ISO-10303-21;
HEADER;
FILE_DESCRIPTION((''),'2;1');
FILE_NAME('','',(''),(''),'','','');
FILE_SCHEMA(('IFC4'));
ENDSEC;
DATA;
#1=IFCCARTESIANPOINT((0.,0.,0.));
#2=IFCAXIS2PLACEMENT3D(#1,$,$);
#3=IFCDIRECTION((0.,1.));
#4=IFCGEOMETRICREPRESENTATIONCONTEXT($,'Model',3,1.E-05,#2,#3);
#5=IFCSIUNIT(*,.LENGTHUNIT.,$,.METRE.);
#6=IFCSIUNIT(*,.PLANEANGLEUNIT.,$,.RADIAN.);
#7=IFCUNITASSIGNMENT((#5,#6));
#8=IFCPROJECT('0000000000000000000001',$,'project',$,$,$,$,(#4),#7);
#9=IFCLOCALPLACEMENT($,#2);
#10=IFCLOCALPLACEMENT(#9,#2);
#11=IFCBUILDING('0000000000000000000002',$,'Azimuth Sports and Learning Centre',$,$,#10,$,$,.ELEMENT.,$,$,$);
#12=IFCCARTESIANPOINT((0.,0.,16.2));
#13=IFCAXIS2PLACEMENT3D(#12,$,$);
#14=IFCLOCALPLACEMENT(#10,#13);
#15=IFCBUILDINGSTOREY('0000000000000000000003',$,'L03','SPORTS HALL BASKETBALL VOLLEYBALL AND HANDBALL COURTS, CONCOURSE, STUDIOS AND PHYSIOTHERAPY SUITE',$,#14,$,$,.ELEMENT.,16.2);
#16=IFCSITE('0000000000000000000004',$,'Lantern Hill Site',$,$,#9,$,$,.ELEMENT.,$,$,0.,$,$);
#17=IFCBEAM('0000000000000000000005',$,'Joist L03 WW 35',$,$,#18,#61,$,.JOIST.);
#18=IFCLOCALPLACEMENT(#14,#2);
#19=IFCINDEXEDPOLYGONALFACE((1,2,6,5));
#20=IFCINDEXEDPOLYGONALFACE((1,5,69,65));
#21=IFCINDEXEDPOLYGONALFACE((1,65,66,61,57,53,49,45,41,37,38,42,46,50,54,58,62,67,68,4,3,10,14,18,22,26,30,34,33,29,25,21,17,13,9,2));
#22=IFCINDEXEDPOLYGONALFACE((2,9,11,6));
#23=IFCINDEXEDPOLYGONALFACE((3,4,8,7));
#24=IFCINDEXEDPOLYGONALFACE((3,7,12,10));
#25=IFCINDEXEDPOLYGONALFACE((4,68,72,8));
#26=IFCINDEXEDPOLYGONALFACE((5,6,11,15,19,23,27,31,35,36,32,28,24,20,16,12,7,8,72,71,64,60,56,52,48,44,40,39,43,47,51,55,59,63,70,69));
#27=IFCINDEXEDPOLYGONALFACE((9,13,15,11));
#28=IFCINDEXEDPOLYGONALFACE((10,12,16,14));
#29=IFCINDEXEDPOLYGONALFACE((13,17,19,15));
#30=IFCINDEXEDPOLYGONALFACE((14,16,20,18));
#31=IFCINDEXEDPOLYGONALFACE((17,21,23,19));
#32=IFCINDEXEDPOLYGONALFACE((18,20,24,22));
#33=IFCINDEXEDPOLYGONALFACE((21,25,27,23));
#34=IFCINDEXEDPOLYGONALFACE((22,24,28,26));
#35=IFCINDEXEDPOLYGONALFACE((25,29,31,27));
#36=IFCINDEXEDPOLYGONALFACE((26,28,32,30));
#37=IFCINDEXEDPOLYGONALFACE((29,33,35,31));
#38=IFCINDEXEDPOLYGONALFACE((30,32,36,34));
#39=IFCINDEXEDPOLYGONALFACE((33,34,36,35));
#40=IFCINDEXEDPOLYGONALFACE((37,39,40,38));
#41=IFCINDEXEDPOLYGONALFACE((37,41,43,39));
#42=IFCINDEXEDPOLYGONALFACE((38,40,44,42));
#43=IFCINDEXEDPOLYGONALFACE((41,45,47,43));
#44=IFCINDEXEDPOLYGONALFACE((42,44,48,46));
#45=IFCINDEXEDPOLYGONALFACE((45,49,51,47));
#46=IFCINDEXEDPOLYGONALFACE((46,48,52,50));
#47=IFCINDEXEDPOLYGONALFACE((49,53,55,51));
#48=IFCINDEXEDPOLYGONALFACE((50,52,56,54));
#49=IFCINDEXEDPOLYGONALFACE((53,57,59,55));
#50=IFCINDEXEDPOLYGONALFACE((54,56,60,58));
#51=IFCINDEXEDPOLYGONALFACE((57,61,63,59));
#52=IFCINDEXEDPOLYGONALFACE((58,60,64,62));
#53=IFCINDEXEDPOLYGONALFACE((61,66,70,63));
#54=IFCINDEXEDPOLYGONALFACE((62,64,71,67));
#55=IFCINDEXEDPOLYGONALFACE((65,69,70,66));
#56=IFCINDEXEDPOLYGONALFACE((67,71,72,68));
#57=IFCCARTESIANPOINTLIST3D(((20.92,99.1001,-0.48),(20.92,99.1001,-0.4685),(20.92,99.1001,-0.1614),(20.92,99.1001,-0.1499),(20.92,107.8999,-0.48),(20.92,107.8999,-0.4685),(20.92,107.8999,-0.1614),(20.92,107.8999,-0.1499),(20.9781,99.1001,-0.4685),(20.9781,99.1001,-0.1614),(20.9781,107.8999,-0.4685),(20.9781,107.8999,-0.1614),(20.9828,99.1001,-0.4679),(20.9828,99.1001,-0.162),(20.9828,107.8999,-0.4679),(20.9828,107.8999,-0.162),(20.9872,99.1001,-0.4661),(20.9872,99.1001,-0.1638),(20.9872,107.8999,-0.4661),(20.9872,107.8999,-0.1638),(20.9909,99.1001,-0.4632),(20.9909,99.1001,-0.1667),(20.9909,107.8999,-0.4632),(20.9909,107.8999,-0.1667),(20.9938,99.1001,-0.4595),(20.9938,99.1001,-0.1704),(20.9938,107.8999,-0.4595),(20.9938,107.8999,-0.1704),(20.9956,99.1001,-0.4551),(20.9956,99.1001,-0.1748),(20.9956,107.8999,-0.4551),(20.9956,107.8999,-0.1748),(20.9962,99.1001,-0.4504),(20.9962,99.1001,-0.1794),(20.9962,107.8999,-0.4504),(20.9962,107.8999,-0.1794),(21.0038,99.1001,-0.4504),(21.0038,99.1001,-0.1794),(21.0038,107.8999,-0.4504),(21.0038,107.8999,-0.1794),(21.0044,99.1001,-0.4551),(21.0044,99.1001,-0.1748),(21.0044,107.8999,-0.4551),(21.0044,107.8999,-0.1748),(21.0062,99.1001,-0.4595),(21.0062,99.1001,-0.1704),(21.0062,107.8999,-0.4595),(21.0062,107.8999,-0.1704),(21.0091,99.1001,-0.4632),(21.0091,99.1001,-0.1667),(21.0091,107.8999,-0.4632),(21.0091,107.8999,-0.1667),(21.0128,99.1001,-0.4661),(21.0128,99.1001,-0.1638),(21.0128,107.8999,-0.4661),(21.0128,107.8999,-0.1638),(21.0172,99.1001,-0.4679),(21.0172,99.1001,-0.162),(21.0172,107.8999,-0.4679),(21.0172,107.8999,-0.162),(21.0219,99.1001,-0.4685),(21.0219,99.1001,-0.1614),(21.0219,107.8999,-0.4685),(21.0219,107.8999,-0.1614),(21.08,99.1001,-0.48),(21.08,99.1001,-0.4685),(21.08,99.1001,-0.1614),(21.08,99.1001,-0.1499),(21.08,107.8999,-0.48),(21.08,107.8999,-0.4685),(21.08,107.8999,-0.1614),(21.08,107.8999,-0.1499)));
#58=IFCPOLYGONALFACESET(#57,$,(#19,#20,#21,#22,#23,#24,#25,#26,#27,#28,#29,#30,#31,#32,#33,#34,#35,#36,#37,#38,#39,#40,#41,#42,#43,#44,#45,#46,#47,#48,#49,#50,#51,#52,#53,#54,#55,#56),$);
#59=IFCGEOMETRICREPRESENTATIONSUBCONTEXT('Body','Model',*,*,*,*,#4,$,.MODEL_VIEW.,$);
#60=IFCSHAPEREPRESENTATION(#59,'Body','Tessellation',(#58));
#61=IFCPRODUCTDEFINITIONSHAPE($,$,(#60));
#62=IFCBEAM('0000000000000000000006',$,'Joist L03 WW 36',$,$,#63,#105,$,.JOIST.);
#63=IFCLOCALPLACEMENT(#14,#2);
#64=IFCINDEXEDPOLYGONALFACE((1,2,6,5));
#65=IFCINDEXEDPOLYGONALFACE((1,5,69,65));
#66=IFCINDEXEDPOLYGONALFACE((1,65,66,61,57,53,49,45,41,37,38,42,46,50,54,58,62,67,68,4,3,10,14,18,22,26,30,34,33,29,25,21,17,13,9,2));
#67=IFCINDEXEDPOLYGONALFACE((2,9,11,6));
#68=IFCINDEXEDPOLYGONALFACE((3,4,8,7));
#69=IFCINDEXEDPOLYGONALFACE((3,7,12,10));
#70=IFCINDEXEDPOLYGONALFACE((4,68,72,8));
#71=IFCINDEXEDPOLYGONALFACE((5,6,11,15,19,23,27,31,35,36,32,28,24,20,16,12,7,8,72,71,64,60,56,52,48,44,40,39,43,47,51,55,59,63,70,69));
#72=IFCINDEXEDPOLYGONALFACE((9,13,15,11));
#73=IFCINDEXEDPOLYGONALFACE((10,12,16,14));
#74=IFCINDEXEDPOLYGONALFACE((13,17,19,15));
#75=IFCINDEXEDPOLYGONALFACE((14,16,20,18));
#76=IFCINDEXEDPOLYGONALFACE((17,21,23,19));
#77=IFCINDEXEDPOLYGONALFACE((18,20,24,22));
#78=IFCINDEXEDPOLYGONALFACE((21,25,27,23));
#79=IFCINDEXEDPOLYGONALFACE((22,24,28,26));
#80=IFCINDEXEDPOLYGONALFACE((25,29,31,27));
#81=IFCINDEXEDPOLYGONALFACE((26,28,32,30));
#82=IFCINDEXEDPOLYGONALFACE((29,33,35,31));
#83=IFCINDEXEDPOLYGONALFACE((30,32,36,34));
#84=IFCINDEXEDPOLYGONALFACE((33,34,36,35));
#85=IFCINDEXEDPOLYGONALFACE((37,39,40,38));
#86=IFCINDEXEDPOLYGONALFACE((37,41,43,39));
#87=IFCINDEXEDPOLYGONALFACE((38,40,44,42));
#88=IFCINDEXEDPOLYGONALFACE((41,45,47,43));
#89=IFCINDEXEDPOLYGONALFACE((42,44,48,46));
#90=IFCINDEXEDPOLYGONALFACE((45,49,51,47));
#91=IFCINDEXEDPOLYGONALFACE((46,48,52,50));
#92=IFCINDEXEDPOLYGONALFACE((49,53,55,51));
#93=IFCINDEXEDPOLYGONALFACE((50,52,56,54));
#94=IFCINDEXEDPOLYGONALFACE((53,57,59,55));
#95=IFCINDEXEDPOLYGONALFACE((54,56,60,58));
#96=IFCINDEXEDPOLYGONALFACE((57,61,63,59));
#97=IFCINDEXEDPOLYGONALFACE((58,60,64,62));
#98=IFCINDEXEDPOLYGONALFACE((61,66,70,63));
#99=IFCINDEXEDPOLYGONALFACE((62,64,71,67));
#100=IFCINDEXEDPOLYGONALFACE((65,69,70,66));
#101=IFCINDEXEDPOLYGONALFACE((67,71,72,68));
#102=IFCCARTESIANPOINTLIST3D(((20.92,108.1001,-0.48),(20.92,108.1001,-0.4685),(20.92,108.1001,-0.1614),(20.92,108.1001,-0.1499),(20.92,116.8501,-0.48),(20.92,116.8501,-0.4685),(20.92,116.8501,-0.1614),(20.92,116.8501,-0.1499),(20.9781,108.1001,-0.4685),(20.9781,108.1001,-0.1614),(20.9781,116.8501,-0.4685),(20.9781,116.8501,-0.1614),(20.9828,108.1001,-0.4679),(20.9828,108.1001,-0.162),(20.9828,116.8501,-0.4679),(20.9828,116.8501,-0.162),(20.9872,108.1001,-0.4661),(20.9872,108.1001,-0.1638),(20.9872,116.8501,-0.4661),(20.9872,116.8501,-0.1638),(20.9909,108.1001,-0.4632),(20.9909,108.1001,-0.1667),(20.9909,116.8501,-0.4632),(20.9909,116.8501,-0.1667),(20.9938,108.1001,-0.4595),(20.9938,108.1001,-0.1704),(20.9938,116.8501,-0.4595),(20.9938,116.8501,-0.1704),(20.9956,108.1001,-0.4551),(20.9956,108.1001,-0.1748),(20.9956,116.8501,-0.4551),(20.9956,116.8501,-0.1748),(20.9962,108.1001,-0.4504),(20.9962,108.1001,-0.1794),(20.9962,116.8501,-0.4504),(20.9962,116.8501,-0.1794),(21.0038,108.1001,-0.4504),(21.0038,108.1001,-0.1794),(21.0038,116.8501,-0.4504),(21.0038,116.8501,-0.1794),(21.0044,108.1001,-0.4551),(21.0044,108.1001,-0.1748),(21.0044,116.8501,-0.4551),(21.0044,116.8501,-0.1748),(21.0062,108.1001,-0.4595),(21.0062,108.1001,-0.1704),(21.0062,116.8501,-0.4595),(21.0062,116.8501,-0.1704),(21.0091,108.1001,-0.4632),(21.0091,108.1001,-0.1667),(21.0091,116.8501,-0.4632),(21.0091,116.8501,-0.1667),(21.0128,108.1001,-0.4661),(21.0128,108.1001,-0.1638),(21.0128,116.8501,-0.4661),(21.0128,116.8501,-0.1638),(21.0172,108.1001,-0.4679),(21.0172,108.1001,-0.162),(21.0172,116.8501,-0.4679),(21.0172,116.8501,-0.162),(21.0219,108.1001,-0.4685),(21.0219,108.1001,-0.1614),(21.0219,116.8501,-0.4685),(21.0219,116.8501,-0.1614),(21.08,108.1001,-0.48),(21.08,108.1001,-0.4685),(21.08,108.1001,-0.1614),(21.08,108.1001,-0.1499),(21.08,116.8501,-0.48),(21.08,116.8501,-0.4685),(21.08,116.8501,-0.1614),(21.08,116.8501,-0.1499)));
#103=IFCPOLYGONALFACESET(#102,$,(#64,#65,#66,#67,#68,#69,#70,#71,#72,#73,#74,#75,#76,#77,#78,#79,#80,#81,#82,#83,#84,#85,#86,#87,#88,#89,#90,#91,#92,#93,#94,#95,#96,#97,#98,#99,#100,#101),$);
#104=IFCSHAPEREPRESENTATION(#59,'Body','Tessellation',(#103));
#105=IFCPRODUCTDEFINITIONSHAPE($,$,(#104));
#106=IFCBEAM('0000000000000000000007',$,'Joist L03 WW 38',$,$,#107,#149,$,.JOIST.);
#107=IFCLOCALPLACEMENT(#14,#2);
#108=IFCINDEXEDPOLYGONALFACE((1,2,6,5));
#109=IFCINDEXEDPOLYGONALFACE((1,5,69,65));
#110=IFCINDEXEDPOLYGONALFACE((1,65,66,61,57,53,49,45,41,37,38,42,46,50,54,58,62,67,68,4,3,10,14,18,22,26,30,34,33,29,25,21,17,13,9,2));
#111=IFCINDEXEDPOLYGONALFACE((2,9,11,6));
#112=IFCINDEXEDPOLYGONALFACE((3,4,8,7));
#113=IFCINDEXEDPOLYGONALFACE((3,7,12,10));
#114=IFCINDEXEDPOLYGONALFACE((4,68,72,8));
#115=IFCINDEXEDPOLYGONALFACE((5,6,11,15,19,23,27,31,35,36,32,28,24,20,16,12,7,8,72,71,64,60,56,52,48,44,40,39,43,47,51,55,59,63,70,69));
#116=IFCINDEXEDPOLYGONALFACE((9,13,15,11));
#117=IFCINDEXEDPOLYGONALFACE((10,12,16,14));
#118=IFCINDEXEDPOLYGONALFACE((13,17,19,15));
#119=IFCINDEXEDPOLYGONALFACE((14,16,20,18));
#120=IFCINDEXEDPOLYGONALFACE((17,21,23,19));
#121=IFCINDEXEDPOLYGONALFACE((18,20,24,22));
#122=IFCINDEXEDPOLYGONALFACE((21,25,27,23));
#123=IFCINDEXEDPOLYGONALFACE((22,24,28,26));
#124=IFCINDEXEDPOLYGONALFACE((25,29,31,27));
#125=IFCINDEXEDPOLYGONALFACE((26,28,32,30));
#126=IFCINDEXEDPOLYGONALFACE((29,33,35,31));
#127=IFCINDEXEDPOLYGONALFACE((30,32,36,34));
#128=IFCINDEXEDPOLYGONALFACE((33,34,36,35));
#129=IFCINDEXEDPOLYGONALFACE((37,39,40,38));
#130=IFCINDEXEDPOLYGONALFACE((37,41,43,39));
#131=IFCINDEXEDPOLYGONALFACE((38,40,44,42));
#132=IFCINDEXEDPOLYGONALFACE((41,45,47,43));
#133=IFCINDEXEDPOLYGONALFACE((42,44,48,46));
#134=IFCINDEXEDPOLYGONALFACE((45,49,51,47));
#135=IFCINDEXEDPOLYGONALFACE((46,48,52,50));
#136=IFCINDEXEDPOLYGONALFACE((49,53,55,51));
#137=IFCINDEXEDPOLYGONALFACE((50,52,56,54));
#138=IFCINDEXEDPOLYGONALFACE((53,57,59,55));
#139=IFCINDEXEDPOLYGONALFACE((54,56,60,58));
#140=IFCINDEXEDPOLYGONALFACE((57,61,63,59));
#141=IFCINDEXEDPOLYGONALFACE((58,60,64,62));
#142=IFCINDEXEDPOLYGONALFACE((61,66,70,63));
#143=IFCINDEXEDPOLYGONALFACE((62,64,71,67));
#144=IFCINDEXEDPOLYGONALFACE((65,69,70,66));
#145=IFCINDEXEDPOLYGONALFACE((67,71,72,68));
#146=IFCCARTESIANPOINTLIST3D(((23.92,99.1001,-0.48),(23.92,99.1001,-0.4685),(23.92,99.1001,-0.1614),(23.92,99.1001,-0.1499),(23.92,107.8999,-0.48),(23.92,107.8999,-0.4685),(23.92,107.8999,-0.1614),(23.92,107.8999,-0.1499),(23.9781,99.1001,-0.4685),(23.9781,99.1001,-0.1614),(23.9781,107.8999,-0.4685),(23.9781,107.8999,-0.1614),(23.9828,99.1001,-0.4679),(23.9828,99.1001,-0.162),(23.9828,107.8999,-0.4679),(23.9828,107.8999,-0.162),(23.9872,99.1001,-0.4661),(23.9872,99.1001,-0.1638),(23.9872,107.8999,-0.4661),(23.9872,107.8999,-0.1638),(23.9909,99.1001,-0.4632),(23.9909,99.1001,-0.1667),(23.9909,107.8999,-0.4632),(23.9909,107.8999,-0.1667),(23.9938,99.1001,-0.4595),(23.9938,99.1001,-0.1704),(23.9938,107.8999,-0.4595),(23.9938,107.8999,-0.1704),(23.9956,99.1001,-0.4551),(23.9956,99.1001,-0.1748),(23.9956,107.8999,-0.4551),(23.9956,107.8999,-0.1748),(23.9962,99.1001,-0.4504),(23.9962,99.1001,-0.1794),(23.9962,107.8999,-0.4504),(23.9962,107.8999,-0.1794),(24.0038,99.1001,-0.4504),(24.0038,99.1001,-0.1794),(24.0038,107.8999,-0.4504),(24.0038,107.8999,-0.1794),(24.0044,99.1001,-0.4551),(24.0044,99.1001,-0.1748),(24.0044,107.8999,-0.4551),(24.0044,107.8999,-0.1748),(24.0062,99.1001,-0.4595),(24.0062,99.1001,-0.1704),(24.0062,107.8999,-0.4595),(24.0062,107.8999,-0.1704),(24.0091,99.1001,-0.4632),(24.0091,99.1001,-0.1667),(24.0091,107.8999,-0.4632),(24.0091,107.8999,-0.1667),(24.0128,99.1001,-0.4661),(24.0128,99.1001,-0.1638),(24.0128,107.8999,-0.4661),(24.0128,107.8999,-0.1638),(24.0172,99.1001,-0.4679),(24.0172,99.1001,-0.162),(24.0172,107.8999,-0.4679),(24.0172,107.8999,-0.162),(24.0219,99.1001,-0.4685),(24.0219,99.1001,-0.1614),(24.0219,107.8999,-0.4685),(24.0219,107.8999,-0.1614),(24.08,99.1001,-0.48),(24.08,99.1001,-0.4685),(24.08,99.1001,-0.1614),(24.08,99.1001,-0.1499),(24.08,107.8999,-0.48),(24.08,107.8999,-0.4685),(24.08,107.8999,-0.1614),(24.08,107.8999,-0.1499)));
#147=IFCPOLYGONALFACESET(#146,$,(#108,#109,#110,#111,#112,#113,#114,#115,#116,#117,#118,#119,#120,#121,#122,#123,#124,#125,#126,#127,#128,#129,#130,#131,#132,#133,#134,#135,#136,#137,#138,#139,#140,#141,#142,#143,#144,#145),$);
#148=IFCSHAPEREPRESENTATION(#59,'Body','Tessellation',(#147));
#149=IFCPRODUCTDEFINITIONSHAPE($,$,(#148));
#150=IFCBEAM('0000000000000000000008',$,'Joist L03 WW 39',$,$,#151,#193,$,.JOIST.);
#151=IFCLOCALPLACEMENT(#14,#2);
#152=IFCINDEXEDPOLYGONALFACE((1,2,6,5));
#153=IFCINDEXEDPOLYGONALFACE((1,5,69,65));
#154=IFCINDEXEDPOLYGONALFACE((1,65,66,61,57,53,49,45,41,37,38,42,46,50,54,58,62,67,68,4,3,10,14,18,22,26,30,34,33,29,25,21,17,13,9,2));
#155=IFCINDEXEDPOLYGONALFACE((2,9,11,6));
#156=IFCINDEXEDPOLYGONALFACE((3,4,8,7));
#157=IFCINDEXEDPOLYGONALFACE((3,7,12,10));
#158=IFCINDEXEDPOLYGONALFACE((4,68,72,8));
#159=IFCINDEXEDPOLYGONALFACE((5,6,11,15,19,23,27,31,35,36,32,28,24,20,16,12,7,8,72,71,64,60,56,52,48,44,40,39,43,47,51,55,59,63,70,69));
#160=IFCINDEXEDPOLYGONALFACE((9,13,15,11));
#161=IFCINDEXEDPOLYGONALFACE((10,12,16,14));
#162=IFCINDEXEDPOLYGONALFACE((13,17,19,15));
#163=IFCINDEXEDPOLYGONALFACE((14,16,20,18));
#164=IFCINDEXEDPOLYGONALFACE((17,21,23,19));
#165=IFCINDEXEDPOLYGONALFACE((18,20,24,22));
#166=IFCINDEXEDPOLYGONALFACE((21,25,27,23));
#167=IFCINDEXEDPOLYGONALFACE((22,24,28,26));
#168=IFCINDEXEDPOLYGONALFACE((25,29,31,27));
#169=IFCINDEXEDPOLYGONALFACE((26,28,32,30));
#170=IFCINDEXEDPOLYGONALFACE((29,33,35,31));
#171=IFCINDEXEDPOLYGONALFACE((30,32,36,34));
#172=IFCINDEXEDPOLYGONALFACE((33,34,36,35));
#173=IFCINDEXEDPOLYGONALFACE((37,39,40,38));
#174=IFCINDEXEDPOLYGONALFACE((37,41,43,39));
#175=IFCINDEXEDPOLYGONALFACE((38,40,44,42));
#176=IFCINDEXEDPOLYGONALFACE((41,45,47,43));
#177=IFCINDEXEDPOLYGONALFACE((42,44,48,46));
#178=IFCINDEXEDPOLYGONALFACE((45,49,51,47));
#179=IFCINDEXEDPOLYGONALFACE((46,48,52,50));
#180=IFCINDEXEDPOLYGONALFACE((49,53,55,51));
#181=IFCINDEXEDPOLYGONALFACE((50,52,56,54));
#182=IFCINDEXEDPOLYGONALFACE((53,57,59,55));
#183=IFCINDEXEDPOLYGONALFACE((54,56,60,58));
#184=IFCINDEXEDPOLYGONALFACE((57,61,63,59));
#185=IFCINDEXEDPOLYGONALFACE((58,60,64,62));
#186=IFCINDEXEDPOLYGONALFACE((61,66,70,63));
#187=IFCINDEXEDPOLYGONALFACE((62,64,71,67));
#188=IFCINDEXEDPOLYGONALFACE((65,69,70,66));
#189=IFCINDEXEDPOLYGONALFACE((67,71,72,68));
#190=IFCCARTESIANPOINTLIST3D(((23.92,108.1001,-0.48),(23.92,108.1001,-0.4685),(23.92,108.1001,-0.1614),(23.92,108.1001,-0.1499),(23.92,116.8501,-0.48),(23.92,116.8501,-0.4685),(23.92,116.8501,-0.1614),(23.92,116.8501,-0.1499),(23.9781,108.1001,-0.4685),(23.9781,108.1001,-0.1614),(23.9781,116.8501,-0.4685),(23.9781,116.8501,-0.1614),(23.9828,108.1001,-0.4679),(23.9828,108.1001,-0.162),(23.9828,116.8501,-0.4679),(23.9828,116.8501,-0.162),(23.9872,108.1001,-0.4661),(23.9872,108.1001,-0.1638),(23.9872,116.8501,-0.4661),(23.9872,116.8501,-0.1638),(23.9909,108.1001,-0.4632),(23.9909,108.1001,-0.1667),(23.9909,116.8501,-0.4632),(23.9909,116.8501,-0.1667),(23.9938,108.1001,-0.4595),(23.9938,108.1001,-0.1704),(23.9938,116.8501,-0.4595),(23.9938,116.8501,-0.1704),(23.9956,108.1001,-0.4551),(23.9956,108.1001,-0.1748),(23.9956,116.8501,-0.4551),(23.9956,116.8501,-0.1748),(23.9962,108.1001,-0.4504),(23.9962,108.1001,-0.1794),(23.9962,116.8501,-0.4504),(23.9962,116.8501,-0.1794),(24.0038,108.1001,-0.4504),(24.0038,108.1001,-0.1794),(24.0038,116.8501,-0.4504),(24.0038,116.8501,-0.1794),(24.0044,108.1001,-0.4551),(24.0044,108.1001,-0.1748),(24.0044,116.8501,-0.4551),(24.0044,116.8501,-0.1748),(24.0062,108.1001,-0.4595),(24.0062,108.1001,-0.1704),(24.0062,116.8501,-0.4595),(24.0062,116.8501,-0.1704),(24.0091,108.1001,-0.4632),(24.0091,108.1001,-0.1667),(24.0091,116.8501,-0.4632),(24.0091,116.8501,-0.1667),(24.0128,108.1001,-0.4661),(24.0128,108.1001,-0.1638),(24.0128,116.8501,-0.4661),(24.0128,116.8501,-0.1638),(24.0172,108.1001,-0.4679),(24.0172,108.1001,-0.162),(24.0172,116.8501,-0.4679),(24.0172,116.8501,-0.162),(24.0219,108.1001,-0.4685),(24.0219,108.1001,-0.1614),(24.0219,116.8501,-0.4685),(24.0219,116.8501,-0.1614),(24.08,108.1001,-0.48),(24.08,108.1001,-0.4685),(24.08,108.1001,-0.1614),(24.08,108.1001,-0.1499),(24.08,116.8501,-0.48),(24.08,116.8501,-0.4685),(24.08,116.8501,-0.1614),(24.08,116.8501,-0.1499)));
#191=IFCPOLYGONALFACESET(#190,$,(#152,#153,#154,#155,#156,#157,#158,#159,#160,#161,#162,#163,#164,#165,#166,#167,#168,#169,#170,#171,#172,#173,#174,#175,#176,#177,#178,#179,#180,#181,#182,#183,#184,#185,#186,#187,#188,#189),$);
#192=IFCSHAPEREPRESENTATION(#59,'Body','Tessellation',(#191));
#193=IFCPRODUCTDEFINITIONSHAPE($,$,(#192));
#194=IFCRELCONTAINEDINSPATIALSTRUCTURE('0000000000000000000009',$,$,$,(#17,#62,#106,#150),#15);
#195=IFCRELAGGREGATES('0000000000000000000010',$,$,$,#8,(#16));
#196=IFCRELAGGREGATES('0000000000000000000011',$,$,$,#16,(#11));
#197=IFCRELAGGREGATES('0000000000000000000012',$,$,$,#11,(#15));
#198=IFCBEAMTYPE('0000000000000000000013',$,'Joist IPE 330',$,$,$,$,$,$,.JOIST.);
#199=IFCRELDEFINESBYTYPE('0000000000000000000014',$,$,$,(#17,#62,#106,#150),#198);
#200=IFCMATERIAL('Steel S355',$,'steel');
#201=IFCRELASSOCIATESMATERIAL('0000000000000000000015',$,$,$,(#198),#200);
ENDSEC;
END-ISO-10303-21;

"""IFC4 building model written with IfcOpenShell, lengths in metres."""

from ifc_helpers import new_model, si_unit, direction, frame, origin, origin_2d, place, context, subcontext, project, spatial, i_section, extrude, material, material_profile, profile_set, type_object, element, save


model = new_model("IFC4")

# Units and contexts
model_context = context("Model", 3, precision=1e-05, world=origin(), true_north=direction((0.0, 1.0)))
body_context = subcontext(model_context, "Body", "Model", "MODEL_VIEW")
ifc_project = project(units=[si_unit("LENGTHUNIT", "METRE"), si_unit("PLANEANGLEUNIT", "RADIAN")], contexts=[model_context])

# Site, building, storey
site_placement = place(None, origin())
site = spatial("IfcSite", under=ifc_project, at=site_placement, Name="Lantern Hill Site", CompositionType="ELEMENT", RefElevation=0.0)
building_placement = place(site_placement, origin())
building = spatial("IfcBuilding", under=site, at=building_placement, Name="Azimuth Sports and Learning Centre", CompositionType="ELEMENT")
storey_placement = place(building_placement, frame((0.0, 0.0, 16.2)))
storey = spatial("IfcBuildingStorey", under=building, at=storey_placement, Name="L03", Description="SPORTS HALL BASKETBALL VOLLEYBALL AND HANDBALL COURTS, CONCOURSE, STUDIOS AND PHYSIOTHERAPY SUITE", CompositionType="ELEMENT", Elevation=16.2)

# Beams
ifc_material_1 = material(Name="Steel S355", Category="steel")
ifc_material_profile_1 = material_profile(ifc_material_1, i_section(OverallWidth=0.1599, OverallDepth=0.3301, WebThickness=0.0076, FlangeThickness=0.0115, FilletRadius=0.0181, at=origin_2d()), Name="IPE 330")
ifc_profile_set_1 = profile_set([ifc_material_profile_1], Name="Steel S355")
beam_type_1 = type_object("IfcBeamType", Name="Joist IPE 330", PredefinedType="JOIST", material=ifc_profile_set_1)
beam_1_placement = place(storey_placement, frame((21.0, 99.1001, -0.3149), z_axis=(0.0, 1.0, 0.0), x_axis=(-1.0, 0.0, 0.0)))
element("IfcBeam", 1, at=beam_1_placement, inside=storey, type_object=beam_type_1, Name="Joist L03 WW 35", PredefinedType="JOIST", context=body_context, shape_type="SweptSolid", body=[
    extrude(i_section(OverallWidth=0.1599, OverallDepth=0.3301, WebThickness=0.0076, FlangeThickness=0.0115, FilletRadius=0.0181, at=origin_2d()), origin(), (0.0, 0.0, 1.0), 8.7998),
])
beam_2_placement = place(storey_placement, frame((21.0, 108.1001, -0.3149), z_axis=(0.0, 1.0, 0.0), x_axis=(-1.0, 0.0, 0.0)))
element("IfcBeam", 2, at=beam_2_placement, inside=storey, type_object=beam_type_1, Name="Joist L03 WW 36", PredefinedType="JOIST", context=body_context, shape_type="SweptSolid", body=[
    extrude(i_section(OverallWidth=0.1599, OverallDepth=0.3301, WebThickness=0.0076, FlangeThickness=0.0115, FilletRadius=0.0181, at=origin_2d()), origin(), (0.0, 0.0, 1.0), 8.75),
])
beam_3_placement = place(storey_placement, frame((24.0, 99.1001, -0.3149), z_axis=(0.0, 1.0, 0.0), x_axis=(-1.0, 0.0, 0.0)))
element("IfcBeam", 3, at=beam_3_placement, inside=storey, type_object=beam_type_1, Name="Joist L03 WW 38", PredefinedType="JOIST", context=body_context, shape_type="SweptSolid", body=[
    extrude(i_section(OverallWidth=0.1599, OverallDepth=0.3301, WebThickness=0.0076, FlangeThickness=0.0115, FilletRadius=0.0181, at=origin_2d()), origin(), (0.0, 0.0, 1.0), 8.7998),
])
beam_4_placement = place(storey_placement, frame((24.0, 108.1001, -0.3149), z_axis=(0.0, 1.0, 0.0), x_axis=(-1.0, 0.0, 0.0)))
element("IfcBeam", 4, at=beam_4_placement, inside=storey, type_object=beam_type_1, Name="Joist L03 WW 39", PredefinedType="JOIST", context=body_context, shape_type="SweptSolid", body=[
    extrude(i_section(OverallWidth=0.1599, OverallDepth=0.3301, WebThickness=0.0076, FlangeThickness=0.0115, FilletRadius=0.0181, at=origin_2d()), origin(), (0.0, 0.0, 1.0), 8.75),
])

save(model, "model.ifc")
